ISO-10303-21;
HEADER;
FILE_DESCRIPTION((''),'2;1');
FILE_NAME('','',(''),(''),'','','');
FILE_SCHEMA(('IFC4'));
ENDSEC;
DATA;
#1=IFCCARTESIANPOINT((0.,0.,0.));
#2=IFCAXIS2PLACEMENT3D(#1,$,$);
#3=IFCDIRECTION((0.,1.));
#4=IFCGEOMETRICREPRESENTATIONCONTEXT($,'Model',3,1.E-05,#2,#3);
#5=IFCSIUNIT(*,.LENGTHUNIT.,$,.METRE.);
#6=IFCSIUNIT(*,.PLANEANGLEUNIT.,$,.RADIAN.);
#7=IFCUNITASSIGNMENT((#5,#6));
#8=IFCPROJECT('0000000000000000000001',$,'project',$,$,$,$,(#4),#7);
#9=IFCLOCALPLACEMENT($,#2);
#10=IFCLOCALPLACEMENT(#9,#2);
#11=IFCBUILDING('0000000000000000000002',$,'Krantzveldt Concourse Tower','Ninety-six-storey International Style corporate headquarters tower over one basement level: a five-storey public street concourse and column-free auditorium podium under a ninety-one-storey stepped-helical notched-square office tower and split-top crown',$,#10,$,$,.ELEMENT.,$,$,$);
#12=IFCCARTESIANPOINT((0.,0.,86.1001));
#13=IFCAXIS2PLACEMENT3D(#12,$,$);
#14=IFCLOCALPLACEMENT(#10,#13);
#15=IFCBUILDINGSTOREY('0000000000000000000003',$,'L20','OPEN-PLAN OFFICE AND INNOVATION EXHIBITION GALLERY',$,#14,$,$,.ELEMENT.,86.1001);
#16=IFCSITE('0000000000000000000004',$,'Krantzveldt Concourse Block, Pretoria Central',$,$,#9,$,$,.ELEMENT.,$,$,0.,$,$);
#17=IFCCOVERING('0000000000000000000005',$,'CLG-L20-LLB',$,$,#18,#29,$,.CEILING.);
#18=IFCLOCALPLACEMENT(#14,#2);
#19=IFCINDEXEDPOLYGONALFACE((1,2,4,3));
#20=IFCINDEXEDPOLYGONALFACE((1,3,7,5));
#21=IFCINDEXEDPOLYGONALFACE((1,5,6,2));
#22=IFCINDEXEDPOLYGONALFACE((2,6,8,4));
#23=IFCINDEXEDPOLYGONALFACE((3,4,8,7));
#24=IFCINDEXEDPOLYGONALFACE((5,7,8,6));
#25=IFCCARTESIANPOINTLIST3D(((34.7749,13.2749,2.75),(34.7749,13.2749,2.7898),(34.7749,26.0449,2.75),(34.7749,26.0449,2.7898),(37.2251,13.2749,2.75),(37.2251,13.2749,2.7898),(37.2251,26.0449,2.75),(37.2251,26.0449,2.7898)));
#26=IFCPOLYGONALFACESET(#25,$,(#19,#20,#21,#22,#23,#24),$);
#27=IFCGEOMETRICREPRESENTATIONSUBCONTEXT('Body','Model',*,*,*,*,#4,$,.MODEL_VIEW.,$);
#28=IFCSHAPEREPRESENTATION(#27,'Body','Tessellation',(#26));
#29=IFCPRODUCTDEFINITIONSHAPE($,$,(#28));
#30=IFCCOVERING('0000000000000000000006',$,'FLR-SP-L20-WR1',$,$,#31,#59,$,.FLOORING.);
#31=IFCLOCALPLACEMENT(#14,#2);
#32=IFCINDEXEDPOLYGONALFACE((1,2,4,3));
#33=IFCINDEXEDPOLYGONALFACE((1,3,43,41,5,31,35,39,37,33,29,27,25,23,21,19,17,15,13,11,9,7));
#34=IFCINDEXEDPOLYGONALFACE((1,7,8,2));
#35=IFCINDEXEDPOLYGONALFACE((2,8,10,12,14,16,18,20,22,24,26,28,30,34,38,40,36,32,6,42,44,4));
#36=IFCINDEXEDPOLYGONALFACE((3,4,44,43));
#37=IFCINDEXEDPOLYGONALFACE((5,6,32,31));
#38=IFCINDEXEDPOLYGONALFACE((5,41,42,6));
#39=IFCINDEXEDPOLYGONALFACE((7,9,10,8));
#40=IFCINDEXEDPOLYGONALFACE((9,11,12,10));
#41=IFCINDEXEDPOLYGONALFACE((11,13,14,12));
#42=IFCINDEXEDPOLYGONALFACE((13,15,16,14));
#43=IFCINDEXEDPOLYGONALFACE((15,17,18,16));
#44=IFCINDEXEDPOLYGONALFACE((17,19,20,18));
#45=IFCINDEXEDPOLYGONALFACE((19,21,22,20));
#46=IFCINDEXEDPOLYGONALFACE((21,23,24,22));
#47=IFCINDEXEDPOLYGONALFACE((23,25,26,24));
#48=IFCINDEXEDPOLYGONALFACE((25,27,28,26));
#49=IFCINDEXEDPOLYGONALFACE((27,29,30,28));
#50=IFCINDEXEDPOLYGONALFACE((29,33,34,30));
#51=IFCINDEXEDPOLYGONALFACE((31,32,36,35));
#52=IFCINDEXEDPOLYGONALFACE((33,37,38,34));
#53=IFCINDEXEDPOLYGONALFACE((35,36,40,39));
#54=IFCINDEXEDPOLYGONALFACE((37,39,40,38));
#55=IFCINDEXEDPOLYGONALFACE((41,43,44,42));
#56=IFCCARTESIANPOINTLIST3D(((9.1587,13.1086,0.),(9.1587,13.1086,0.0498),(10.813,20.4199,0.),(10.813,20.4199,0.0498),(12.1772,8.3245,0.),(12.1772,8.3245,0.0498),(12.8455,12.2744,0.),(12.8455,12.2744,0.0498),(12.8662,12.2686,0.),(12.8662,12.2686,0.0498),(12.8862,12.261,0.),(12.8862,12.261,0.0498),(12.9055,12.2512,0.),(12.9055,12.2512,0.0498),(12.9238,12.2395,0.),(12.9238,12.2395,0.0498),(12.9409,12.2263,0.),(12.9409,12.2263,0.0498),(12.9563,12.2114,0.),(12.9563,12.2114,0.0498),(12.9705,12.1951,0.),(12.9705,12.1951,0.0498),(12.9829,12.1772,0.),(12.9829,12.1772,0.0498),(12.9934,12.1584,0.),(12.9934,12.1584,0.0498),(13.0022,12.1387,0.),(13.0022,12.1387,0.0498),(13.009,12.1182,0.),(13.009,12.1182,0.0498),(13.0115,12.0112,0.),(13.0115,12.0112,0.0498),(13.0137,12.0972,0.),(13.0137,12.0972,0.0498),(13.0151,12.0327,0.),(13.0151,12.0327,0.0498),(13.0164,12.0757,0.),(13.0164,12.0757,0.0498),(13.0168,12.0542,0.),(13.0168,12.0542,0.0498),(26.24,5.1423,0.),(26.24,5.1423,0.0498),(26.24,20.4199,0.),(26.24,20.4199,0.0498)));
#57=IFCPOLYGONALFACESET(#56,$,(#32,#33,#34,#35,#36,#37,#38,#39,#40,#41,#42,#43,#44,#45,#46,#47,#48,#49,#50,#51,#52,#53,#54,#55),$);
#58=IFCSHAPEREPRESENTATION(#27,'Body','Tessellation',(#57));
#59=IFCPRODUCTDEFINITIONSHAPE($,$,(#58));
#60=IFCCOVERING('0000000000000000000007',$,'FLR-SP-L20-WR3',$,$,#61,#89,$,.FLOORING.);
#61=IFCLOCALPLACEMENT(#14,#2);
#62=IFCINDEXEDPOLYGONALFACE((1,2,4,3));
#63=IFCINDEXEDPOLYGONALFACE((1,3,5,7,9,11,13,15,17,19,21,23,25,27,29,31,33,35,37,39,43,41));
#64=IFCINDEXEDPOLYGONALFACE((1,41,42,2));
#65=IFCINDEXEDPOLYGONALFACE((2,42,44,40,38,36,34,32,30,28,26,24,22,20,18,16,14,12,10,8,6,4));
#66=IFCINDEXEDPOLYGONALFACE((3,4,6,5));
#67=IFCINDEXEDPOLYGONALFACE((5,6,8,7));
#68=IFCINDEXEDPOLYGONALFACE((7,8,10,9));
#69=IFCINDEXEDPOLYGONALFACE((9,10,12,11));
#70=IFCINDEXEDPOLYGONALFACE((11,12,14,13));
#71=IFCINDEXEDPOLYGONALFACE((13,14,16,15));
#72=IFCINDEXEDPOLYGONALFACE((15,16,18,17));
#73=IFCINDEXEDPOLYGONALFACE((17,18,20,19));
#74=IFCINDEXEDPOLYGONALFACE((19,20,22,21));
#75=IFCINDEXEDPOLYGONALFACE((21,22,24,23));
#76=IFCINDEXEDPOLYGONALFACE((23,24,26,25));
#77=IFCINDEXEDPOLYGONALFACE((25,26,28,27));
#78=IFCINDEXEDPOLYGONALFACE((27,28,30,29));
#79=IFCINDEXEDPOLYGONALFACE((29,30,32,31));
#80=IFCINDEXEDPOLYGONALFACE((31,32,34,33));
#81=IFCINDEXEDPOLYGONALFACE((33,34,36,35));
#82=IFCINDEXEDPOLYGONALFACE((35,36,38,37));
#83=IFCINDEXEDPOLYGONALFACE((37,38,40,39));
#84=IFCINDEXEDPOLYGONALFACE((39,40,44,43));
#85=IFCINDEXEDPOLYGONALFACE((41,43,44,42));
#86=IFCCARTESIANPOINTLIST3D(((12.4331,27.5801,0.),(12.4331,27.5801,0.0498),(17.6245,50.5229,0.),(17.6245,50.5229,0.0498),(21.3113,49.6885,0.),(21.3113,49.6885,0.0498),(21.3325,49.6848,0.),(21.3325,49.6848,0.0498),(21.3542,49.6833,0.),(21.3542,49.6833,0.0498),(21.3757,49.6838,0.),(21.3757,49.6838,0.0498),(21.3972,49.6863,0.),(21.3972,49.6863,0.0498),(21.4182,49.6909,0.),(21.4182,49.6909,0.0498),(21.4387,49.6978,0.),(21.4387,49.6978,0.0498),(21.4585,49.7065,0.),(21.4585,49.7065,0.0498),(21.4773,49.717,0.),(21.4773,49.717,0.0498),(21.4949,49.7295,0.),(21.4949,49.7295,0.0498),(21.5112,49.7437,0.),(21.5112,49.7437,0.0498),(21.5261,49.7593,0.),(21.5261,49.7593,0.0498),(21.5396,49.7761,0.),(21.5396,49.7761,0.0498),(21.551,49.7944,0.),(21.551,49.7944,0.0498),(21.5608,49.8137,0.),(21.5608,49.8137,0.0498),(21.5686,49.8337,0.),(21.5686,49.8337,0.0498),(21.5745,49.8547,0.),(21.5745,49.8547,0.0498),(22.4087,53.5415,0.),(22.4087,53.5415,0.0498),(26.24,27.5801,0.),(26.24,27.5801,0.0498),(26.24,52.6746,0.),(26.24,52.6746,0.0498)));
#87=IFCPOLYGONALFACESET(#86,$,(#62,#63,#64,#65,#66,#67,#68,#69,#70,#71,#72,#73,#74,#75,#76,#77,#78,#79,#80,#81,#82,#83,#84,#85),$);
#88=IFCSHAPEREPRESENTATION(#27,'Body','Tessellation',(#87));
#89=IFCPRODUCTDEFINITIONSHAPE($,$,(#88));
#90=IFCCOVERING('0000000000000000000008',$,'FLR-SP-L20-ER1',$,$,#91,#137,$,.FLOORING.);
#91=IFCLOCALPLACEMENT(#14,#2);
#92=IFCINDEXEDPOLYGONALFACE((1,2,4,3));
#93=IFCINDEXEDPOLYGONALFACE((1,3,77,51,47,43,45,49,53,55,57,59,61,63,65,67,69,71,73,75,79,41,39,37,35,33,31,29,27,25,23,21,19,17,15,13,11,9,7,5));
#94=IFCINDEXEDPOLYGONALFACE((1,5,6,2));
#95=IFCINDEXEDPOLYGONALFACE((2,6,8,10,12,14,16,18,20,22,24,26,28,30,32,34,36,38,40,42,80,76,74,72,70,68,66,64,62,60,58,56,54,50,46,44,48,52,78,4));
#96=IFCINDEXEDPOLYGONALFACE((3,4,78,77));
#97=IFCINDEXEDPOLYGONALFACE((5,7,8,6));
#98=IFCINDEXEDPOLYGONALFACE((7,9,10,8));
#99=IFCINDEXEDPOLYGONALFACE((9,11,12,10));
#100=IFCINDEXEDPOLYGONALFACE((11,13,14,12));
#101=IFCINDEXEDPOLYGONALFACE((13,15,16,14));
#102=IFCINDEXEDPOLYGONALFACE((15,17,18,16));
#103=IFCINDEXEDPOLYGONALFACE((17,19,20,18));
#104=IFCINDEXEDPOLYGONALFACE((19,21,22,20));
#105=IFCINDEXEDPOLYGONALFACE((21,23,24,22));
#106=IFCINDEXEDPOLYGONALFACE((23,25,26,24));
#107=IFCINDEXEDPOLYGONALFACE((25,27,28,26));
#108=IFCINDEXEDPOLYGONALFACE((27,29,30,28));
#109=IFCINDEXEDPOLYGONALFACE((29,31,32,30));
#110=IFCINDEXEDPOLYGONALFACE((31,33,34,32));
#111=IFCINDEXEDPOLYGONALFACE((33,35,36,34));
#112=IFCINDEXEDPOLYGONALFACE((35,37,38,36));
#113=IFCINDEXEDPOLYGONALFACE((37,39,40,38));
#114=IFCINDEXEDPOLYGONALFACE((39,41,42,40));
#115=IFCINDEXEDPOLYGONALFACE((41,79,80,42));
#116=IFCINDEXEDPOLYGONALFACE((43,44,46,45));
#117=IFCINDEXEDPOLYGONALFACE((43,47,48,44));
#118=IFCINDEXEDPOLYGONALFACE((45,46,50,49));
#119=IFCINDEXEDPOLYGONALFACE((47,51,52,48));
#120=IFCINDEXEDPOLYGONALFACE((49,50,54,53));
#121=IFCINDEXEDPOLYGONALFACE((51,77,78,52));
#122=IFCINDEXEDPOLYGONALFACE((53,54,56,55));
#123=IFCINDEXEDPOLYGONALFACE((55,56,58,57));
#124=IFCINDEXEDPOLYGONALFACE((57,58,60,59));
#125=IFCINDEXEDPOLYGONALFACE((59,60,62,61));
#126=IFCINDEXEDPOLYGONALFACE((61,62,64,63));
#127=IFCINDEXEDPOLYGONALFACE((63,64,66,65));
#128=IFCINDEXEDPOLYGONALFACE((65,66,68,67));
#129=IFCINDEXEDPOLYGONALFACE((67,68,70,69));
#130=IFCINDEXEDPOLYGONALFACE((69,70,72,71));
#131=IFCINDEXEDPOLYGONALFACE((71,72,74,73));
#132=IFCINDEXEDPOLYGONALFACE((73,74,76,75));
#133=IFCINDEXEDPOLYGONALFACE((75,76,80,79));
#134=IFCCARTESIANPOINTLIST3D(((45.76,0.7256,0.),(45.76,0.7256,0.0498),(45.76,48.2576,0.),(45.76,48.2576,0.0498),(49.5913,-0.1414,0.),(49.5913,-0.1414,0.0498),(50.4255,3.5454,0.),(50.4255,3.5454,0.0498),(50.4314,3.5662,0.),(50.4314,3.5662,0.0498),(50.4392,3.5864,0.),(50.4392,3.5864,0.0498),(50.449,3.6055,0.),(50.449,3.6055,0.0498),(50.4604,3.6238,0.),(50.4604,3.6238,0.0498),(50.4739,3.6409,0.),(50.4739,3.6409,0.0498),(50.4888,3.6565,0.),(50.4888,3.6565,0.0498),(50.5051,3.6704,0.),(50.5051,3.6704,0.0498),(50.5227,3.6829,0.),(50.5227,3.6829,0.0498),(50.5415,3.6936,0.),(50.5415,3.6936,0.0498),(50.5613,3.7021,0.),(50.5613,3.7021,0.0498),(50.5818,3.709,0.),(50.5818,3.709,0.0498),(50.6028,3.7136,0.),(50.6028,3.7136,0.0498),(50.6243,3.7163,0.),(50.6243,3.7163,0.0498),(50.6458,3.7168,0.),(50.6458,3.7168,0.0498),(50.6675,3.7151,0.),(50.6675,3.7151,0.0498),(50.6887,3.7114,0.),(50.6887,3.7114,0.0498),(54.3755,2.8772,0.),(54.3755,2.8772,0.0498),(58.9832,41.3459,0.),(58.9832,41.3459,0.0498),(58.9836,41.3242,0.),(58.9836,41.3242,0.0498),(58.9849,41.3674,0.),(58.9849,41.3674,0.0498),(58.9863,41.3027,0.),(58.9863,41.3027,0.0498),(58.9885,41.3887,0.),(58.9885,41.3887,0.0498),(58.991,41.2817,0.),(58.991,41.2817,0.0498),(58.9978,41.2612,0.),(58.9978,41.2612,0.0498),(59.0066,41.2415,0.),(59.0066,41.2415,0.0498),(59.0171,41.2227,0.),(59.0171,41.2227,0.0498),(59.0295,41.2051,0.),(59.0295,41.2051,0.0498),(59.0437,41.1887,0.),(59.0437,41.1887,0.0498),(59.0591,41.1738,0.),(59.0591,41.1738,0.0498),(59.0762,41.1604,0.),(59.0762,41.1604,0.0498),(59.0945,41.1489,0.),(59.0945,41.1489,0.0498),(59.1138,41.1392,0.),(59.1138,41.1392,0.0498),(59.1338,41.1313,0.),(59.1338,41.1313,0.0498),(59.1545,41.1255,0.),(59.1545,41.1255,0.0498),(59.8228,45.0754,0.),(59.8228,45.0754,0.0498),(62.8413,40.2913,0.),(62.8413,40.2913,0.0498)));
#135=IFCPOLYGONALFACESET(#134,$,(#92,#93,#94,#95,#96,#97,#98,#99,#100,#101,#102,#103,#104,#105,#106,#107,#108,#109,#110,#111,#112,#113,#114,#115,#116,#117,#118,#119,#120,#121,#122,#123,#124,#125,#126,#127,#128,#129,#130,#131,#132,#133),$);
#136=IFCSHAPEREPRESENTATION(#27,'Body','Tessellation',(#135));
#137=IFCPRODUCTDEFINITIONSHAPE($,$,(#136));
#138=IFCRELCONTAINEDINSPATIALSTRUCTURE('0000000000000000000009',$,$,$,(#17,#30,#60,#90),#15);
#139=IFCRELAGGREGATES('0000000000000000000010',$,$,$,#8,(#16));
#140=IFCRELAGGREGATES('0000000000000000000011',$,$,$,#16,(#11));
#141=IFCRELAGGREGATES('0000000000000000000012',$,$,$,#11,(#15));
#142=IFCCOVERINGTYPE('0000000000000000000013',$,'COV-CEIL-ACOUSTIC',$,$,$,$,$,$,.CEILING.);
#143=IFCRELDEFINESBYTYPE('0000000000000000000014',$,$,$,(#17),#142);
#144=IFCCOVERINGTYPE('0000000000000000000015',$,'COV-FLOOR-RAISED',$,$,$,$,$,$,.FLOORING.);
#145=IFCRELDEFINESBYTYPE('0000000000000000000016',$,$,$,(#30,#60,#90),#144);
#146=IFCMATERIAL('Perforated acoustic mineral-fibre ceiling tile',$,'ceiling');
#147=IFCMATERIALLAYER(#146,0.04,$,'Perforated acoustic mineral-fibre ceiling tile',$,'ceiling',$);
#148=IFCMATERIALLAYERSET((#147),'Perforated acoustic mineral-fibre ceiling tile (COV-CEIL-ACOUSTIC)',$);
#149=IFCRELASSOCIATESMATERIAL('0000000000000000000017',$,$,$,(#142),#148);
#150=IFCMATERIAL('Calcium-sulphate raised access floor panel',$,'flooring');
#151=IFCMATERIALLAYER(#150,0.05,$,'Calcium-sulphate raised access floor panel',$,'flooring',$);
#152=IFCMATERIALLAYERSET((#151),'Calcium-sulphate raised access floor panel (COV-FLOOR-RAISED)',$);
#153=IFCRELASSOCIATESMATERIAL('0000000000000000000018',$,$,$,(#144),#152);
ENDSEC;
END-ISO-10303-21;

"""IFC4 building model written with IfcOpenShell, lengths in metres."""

from ifc_helpers import new_model, si_unit, direction, frame, origin, place, context, subcontext, project, spatial, polyline, outline, extrude, material, layer, layer_set, type_object, element, save


model = new_model("IFC4")

# Units and contexts
model_context = context("Model", 3, precision=1e-05, world=origin(), true_north=direction((0.0, 1.0)))
body_context = subcontext(model_context, "Body", "Model", "MODEL_VIEW")
ifc_project = project(units=[si_unit("LENGTHUNIT", "METRE"), si_unit("PLANEANGLEUNIT", "RADIAN")], contexts=[model_context])

# Site, building, storey
site_placement = place(None, origin())
site = spatial("IfcSite", under=ifc_project, at=site_placement, Name="Krantzveldt Concourse Block, Pretoria Central", CompositionType="ELEMENT", RefElevation=0.0)
building_placement = place(site_placement, origin())
building = spatial("IfcBuilding", under=site, at=building_placement, Name="Krantzveldt Concourse Tower", Description="Ninety-six-storey International Style corporate headquarters tower over one basement level: a five-storey public street concourse and column-free auditorium podium under a ninety-one-storey stepped-helical notched-square office tower and split-top crown", CompositionType="ELEMENT")
storey_placement = place(building_placement, frame((0.0, 0.0, 86.1001)))
storey = spatial("IfcBuildingStorey", under=building, at=storey_placement, Name="L20", Description="OPEN-PLAN OFFICE AND INNOVATION EXHIBITION GALLERY", CompositionType="ELEMENT", Elevation=86.1001)

# Coverings
ifc_material_1 = material(Name="Perforated acoustic mineral-fibre ceiling tile", Category="ceiling")
ifc_layer_1 = layer(ifc_material_1, 0.04, Name="Perforated acoustic mineral-fibre ceiling tile", Category="ceiling")
ifc_layer_set_1 = layer_set([ifc_layer_1], Name="Perforated acoustic mineral-fibre ceiling tile (COV-CEIL-ACOUSTIC)")
covering_type_1 = type_object("IfcCoveringType", Name="COV-CEIL-ACOUSTIC", PredefinedType="CEILING", material=ifc_layer_set_1)
covering_1_placement = place(storey_placement, frame((0.0, 0.0, 2.75)))
element("IfcCovering", 1, at=covering_1_placement, inside=storey, type_object=covering_type_1, Name="CLG-L20-LLB", PredefinedType="CEILING", context=body_context, shape_type="SweptSolid", body=[
    extrude(outline(polyline([(37.2251, 13.2749), (34.7749, 13.2749), (34.7749, 26.0449), (37.2251, 26.0449), (37.2251, 13.2749)])), origin(), (0.0, 0.0, 1.0), 0.0398),
])
ifc_material_2 = material(Name="Calcium-sulphate raised access floor panel", Category="flooring")
ifc_layer_2 = layer(ifc_material_2, 0.05, Name="Calcium-sulphate raised access floor panel", Category="flooring")
ifc_layer_set_2 = layer_set([ifc_layer_2], Name="Calcium-sulphate raised access floor panel (COV-FLOOR-RAISED)")
covering_type_2 = type_object("IfcCoveringType", Name="COV-FLOOR-RAISED", PredefinedType="FLOORING", material=ifc_layer_set_2)
covering_2_placement = place(storey_placement, origin())
element("IfcCovering", 2, at=covering_2_placement, inside=storey, type_object=covering_type_2, Name="FLR-SP-L20-WR1", PredefinedType="FLOORING", context=body_context, shape_type="SweptSolid", body=[
    extrude(outline(polyline([(26.24, 5.1423), (12.1772, 8.3245), (13.0115, 12.0112), (13.0151, 12.0327), (13.0168, 12.0542), (13.0164, 12.0757), (13.0137, 12.0972), (13.009, 12.1182), (13.0022, 12.1387), (12.9934, 12.1584), (12.9829, 12.1772), (12.9705, 12.1951), (12.9563, 12.2114), (12.9409, 12.2263), (12.9238, 12.2395), (12.9055, 12.2512), (12.8862, 12.261), (12.8662, 12.2686), (12.8455, 12.2744), (9.1587, 13.1086), (10.813, 20.4199), (26.24, 20.4199), (26.24, 5.1423)])), origin(), (0.0, 0.0, 1.0), 0.0498),
])
covering_3_placement = place(storey_placement, origin())
element("IfcCovering", 3, at=covering_3_placement, inside=storey, type_object=covering_type_2, Name="FLR-SP-L20-WR3", PredefinedType="FLOORING", context=body_context, shape_type="SweptSolid", body=[
    extrude(outline(polyline([(12.4331, 27.5801), (17.6245, 50.5229), (21.3113, 49.6885), (21.3325, 49.6848), (21.3542, 49.6833), (21.3757, 49.6838), (21.3972, 49.6863), (21.4182, 49.6909), (21.4387, 49.6978), (21.4585, 49.7065), (21.4773, 49.717), (21.4949, 49.7295), (21.5112, 49.7437), (21.5261, 49.7593), (21.5396, 49.7761), (21.551, 49.7944), (21.5608, 49.8137), (21.5686, 49.8337), (21.5745, 49.8547), (22.4087, 53.5415), (26.24, 52.6746), (26.24, 27.5801), (12.4331, 27.5801)])), origin(), (0.0, 0.0, 1.0), 0.0498),
])
covering_4_placement = place(storey_placement, origin())
element("IfcCovering", 4, at=covering_4_placement, inside=storey, type_object=covering_type_2, Name="FLR-SP-L20-ER1", PredefinedType="FLOORING", context=body_context, shape_type="SweptSolid", body=[
    extrude(outline(polyline([(59.8228, 45.0754), (58.9885, 41.3887), (58.9849, 41.3674), (58.9832, 41.3459), (58.9836, 41.3242), (58.9863, 41.3027), (58.991, 41.2817), (58.9978, 41.2612), (59.0066, 41.2415), (59.0171, 41.2227), (59.0295, 41.2051), (59.0437, 41.1887), (59.0591, 41.1738), (59.0762, 41.1604), (59.0945, 41.1489), (59.1138, 41.1392), (59.1338, 41.1313), (59.1545, 41.1255), (62.8413, 40.2913), (54.3755, 2.8772), (50.6887, 3.7114), (50.6675, 3.7151), (50.6458, 3.7168), (50.6243, 3.7163), (50.6028, 3.7136), (50.5818, 3.709), (50.5613, 3.7021), (50.5415, 3.6936), (50.5227, 3.6829), (50.5051, 3.6704), (50.4888, 3.6565), (50.4739, 3.6409), (50.4604, 3.6238), (50.449, 3.6055), (50.4392, 3.5864), (50.4314, 3.5662), (50.4255, 3.5454), (49.5913, -0.1414), (45.76, 0.7256), (45.76, 48.2576), (59.8228, 45.0754)])), origin(), (0.0, 0.0, 1.0), 0.0498),
])

save(model, "model.ifc")
